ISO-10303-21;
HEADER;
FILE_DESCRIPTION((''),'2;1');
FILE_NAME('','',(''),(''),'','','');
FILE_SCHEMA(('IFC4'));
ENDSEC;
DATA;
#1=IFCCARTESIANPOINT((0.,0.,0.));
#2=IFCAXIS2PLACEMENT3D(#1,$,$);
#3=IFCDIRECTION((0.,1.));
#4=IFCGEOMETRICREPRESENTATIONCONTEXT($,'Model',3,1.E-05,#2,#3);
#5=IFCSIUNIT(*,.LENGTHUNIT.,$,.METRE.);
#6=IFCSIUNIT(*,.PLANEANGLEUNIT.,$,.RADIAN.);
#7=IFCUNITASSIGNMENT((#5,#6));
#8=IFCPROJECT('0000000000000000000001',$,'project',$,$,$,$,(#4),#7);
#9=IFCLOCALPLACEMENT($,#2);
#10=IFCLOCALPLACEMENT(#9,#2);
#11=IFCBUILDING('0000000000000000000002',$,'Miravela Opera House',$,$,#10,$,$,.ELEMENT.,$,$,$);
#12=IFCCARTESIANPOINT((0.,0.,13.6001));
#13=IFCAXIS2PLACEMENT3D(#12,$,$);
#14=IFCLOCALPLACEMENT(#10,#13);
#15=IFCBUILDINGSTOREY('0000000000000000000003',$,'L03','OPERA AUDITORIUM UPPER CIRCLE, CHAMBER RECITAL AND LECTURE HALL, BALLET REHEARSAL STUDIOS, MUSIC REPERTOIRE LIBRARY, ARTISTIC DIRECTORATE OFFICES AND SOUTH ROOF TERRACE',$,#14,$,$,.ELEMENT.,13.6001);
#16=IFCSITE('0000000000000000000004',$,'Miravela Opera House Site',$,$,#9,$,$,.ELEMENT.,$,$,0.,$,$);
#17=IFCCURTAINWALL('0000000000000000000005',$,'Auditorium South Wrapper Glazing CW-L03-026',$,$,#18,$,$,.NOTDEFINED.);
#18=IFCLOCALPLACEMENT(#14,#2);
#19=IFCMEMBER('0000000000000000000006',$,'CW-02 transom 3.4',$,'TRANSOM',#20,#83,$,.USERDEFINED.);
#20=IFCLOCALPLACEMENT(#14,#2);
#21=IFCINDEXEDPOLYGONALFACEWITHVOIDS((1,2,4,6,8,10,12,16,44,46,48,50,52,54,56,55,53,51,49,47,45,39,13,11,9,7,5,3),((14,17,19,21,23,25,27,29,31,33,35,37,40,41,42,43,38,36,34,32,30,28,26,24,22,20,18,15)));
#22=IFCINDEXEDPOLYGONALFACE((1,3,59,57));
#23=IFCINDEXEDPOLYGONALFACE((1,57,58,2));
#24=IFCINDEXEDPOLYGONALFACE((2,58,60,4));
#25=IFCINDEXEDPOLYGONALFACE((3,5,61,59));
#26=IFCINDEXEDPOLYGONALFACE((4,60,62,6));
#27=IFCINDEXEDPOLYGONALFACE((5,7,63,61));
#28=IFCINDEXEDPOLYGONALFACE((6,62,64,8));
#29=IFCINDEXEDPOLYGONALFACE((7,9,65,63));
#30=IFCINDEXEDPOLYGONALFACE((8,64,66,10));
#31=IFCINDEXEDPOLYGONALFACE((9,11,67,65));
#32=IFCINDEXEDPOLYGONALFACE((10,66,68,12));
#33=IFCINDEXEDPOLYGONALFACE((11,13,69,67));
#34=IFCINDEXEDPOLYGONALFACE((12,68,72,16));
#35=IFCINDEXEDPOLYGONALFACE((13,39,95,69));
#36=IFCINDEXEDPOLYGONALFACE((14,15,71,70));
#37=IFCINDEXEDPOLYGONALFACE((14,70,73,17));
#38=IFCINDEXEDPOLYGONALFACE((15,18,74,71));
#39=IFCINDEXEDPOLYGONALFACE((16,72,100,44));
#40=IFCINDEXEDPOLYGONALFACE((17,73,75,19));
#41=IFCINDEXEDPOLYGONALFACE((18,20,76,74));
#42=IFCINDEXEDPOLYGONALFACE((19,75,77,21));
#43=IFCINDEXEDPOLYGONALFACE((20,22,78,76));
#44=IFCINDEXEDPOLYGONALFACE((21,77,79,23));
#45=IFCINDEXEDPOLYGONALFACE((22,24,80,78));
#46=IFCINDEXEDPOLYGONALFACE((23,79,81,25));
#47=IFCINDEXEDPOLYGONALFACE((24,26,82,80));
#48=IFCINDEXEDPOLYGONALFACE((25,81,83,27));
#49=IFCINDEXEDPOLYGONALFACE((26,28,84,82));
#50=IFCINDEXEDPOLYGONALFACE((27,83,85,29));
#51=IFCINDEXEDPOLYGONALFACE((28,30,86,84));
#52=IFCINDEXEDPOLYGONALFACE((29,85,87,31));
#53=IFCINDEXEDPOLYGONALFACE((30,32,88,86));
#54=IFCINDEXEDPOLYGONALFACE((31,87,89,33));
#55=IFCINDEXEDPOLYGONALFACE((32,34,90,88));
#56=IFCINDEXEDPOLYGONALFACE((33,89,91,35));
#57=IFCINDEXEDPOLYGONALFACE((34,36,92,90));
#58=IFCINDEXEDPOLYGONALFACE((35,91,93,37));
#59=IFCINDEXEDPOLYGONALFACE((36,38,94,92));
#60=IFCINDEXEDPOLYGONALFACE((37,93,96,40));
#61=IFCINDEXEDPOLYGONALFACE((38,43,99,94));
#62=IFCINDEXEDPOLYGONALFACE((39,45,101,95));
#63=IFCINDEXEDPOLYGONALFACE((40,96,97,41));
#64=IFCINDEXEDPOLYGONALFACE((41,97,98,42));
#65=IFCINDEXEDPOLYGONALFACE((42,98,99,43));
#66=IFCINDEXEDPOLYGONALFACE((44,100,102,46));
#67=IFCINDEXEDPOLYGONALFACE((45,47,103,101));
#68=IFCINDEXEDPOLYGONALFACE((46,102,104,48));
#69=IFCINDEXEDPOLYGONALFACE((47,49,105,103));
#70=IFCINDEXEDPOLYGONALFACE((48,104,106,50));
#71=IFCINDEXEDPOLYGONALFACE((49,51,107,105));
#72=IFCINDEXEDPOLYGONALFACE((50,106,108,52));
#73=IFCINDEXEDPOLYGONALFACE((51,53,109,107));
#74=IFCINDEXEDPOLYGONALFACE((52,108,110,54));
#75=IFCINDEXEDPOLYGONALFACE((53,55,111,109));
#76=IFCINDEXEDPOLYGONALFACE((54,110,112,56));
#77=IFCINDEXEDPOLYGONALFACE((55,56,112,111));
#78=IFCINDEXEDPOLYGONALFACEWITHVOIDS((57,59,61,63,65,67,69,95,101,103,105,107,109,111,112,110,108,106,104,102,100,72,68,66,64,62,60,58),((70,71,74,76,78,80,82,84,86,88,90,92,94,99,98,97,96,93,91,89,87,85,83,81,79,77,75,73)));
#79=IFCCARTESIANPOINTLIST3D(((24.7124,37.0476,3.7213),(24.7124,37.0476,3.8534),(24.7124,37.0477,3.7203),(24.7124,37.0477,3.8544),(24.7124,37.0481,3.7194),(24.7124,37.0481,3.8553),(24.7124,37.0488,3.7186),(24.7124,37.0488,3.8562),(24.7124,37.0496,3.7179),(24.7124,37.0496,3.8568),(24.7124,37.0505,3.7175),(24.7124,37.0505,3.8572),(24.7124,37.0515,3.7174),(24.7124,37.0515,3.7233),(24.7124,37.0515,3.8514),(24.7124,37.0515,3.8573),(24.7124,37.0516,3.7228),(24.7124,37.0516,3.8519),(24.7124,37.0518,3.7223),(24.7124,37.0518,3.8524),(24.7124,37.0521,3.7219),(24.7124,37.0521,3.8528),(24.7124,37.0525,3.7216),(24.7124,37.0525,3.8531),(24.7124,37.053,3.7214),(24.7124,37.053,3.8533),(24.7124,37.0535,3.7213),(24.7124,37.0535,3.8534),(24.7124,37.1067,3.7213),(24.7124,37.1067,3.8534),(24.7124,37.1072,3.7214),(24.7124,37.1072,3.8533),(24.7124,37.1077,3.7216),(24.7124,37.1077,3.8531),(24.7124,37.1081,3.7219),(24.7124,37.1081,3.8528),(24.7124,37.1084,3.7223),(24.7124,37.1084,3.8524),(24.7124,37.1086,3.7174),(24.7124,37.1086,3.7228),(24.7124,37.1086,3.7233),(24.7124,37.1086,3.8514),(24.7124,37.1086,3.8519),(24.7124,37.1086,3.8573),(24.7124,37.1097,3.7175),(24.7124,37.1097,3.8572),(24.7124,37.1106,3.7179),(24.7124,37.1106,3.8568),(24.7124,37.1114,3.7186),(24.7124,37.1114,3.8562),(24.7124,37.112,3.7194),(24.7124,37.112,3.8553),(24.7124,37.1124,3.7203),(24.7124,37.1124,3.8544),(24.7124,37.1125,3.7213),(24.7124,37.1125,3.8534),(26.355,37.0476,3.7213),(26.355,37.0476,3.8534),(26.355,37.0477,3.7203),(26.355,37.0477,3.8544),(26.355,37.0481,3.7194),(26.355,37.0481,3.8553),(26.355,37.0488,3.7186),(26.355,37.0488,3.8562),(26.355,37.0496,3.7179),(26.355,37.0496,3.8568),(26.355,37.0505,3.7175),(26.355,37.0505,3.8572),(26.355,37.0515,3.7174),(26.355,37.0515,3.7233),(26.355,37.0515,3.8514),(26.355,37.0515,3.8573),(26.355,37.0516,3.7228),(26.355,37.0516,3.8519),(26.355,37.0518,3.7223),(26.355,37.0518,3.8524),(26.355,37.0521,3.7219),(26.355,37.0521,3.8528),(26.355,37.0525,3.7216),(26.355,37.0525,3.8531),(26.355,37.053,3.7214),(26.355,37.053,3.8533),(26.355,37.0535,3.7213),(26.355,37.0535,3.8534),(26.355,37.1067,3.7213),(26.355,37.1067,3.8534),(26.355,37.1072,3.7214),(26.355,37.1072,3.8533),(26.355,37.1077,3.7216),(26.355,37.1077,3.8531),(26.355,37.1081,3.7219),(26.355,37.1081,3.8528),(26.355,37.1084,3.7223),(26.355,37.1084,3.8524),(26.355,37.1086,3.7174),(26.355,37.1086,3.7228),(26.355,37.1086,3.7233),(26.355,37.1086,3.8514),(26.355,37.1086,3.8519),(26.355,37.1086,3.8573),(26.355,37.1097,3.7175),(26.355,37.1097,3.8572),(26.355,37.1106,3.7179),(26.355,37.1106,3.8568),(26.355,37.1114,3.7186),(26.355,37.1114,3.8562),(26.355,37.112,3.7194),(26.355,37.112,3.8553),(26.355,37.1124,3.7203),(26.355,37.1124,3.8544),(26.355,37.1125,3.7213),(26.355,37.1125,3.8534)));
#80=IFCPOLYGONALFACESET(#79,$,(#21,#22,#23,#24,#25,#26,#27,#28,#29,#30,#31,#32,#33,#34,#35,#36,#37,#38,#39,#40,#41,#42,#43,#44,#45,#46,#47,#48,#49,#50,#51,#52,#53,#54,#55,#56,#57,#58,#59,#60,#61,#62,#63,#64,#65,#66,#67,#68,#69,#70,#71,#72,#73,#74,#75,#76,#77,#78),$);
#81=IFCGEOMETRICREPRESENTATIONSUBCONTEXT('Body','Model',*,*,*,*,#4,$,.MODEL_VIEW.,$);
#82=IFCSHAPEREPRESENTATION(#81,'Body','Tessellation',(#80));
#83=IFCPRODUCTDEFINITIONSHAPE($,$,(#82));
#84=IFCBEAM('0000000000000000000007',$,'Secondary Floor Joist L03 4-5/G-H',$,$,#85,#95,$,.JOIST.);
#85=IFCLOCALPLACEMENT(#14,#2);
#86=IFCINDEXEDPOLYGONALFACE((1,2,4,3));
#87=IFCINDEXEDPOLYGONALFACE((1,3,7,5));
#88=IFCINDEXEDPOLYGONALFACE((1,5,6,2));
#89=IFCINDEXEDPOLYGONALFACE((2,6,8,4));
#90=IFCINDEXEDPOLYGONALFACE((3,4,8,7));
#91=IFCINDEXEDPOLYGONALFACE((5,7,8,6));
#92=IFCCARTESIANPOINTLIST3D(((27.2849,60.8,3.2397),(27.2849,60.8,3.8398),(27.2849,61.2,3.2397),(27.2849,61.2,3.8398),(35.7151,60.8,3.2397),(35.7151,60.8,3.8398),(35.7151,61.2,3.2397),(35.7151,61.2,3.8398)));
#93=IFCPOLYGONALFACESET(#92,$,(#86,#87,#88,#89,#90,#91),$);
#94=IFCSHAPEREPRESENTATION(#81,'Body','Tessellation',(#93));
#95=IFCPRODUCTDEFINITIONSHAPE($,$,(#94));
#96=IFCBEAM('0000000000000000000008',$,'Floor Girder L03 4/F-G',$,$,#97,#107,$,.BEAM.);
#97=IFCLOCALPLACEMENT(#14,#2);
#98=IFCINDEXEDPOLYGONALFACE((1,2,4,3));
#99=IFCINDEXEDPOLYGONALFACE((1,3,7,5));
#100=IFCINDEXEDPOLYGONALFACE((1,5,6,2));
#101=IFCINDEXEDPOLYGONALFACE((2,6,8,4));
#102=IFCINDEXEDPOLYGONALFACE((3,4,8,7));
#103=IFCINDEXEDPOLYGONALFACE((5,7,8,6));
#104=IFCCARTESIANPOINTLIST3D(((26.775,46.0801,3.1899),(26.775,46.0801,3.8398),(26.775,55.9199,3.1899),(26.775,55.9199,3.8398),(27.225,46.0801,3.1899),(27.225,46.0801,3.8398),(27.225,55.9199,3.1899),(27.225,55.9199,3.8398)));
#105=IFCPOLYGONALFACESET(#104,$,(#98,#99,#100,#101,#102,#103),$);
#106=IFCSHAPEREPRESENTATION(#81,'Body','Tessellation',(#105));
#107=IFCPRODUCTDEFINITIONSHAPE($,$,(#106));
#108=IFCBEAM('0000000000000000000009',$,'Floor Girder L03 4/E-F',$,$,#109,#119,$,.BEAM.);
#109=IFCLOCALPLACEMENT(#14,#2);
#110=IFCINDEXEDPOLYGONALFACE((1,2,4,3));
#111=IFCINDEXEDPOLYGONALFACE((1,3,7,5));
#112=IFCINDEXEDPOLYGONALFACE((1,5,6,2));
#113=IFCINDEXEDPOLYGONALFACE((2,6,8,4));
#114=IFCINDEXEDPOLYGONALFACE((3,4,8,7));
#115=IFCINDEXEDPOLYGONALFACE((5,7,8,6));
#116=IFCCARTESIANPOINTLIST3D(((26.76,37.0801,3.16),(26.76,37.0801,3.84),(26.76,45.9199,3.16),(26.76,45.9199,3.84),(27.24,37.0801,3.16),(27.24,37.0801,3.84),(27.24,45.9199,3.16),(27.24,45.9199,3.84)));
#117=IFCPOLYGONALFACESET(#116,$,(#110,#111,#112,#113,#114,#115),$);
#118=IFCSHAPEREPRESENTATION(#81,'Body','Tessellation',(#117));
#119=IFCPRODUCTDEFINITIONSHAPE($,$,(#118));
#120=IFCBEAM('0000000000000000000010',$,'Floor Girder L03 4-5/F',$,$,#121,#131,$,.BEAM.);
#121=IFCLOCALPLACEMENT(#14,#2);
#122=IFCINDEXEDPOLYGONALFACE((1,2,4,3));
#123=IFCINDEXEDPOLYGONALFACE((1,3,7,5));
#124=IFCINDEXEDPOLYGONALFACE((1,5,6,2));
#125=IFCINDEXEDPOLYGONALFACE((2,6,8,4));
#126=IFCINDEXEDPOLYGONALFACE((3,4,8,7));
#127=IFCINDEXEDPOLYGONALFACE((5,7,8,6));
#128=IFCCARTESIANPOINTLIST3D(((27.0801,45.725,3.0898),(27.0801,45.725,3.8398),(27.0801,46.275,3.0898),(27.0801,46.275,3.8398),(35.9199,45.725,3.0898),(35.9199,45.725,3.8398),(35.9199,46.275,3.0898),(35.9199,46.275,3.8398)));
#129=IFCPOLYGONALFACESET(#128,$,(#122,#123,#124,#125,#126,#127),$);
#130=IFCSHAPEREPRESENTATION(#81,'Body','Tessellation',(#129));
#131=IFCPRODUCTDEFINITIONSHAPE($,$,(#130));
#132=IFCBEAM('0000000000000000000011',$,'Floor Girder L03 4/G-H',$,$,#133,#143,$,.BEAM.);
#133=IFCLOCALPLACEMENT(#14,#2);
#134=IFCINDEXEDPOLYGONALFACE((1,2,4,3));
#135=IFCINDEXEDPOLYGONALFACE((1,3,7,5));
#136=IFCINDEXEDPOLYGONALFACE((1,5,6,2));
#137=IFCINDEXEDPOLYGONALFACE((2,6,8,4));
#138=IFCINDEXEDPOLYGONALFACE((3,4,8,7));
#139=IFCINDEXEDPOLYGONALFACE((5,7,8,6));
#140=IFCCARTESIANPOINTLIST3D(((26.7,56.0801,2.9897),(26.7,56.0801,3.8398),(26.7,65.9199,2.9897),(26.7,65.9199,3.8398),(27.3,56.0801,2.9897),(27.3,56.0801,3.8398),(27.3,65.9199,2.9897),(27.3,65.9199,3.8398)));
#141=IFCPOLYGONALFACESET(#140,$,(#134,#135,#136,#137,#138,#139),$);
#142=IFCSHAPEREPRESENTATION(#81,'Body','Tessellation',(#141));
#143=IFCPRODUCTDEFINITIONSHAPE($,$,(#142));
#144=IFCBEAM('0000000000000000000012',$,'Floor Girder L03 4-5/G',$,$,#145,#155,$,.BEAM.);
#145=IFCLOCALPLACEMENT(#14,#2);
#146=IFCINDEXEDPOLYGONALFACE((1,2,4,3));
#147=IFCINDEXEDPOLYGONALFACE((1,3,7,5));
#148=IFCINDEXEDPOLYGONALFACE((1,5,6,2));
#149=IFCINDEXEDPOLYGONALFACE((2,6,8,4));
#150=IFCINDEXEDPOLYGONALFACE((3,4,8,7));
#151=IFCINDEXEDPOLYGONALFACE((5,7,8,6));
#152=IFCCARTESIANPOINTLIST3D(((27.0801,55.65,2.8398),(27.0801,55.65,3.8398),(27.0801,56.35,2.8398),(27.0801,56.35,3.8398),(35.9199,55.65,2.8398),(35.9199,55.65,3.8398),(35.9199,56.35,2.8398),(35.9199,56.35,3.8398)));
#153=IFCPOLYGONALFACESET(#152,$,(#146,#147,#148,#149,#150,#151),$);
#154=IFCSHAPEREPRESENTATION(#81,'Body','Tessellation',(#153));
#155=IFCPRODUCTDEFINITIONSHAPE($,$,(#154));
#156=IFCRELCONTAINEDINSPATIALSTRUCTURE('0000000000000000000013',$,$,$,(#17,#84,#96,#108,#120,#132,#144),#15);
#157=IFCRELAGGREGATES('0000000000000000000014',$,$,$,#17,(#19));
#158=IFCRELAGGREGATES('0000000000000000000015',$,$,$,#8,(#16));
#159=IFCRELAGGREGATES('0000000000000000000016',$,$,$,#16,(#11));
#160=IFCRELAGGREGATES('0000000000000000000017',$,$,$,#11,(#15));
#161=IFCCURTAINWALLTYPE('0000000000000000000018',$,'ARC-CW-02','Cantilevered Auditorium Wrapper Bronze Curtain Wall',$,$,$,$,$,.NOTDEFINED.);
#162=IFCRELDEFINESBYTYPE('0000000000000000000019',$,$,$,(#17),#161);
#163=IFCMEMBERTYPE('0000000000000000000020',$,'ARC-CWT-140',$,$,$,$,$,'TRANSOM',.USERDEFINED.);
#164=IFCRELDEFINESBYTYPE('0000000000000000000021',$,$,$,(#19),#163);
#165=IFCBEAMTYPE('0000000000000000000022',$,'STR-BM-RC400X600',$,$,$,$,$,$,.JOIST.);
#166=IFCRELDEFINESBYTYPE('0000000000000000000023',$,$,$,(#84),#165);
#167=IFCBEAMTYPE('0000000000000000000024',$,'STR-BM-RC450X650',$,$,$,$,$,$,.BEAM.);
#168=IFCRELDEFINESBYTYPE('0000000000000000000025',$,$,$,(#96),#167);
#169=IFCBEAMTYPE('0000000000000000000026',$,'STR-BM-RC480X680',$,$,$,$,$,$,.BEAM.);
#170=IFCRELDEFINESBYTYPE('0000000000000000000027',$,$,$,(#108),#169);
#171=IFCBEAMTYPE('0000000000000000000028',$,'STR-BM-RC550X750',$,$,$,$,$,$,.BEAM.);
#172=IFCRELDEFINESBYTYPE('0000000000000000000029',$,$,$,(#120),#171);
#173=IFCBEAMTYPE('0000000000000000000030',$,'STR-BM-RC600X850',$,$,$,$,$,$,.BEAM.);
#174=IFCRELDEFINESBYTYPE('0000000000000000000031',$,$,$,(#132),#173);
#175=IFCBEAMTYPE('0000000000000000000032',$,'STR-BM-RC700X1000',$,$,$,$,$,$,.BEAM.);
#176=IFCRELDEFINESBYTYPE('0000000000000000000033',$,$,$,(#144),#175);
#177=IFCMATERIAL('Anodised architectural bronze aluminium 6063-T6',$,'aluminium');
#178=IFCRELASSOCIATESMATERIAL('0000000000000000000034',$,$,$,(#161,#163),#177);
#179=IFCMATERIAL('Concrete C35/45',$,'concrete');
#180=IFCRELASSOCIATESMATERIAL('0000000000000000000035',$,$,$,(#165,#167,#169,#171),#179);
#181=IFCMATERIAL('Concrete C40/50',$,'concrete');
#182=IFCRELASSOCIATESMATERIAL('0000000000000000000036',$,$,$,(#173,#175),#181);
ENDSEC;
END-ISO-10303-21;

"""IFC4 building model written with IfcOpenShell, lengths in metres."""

from ifc_helpers import new_model, si_unit, direction, frame, origin, origin_2d, place, context, subcontext, project, spatial, rectangle, hollow_rectangle, extrude, material, material_profile, profile_set, type_object, element, aggregate, save


model = new_model("IFC4")

# Units and contexts
model_context = context("Model", 3, precision=1e-05, world=origin(), true_north=direction((0.0, 1.0)))
body_context = subcontext(model_context, "Body", "Model", "MODEL_VIEW")
ifc_project = project(units=[si_unit("LENGTHUNIT", "METRE"), si_unit("PLANEANGLEUNIT", "RADIAN")], contexts=[model_context])

# Site, building, storey
site_placement = place(None, origin())
site = spatial("IfcSite", under=ifc_project, at=site_placement, Name="Miravela Opera House Site", CompositionType="ELEMENT", RefElevation=0.0)
building_placement = place(site_placement, origin())
building = spatial("IfcBuilding", under=site, at=building_placement, Name="Miravela Opera House", CompositionType="ELEMENT")
storey_placement = place(building_placement, frame((0.0, 0.0, 13.6001)))
storey = spatial("IfcBuildingStorey", under=building, at=storey_placement, Name="L03", Description="OPERA AUDITORIUM UPPER CIRCLE, CHAMBER RECITAL AND LECTURE HALL, BALLET REHEARSAL STUDIOS, MUSIC REPERTOIRE LIBRARY, ARTISTIC DIRECTORATE OFFICES AND SOUTH ROOF TERRACE", CompositionType="ELEMENT", Elevation=13.6001)

# Shared definitions
ifc_material_1 = material(Name="Concrete C35/45", Category="concrete")

# Curtain wall, member
ifc_material_2 = material(Name="Anodised architectural bronze aluminium 6063-T6", Category="aluminium")
curtain_wall_type = type_object("IfcCurtainWallType", Name="ARC-CW-02", Description="Cantilevered Auditorium Wrapper Bronze Curtain Wall", PredefinedType="NOTDEFINED", material=ifc_material_2)
curtain_wall_placement = place(storey_placement, origin())
curtain_wall = element("IfcCurtainWall", 1, at=curtain_wall_placement, inside=storey, type_object=curtain_wall_type, Name="Auditorium South Wrapper Glazing CW-L03-026", PredefinedType="NOTDEFINED")
ifc_material_profile_1 = material_profile(ifc_material_2, hollow_rectangle(XDim=0.0649, YDim=0.1399, WallThickness=0.0039, InnerFilletRadius=0.002, OuterFilletRadius=0.0039, at=origin_2d()), Name="CWT-65X140")
ifc_profile_set_1 = profile_set([ifc_material_profile_1])
member_type_1 = type_object("IfcMemberType", Name="ARC-CWT-140", ElementType="TRANSOM", PredefinedType="USERDEFINED", material=ifc_profile_set_1)
member_1_placement = place(storey_placement, frame((24.7124, 37.0801, 3.7874), z_axis=(1.0, 0.0, 0.0), x_axis=(0.0, 1.0, 0.0)))
member_1 = element("IfcMember", 2, at=member_1_placement, type_object=member_type_1, Name="CW-02 transom 3.4", ObjectType="TRANSOM", PredefinedType="USERDEFINED", context=body_context, shape_type="SweptSolid", body=[
    extrude(hollow_rectangle(XDim=0.0649, YDim=0.1399, WallThickness=0.0039, InnerFilletRadius=0.002, OuterFilletRadius=0.0039, at=origin_2d()), origin(), (0.0, 0.0, 1.0), 1.6426),
])

# Beams
ifc_material_profile_2 = material_profile(ifc_material_1, rectangle(XDim=0.3999, YDim=0.6001, at=origin_2d()), Name="RC-BM-400X600")
ifc_profile_set_2 = profile_set([ifc_material_profile_2])
beam_type_1 = type_object("IfcBeamType", Name="STR-BM-RC400X600", PredefinedType="JOIST", material=ifc_profile_set_2)
beam_1_placement = place(storey_placement, frame((27.2849, 61.0, 3.5398), z_axis=(1.0, 0.0, 0.0), x_axis=(0.0, 1.0, 0.0)))
element("IfcBeam", 3, at=beam_1_placement, inside=storey, type_object=beam_type_1, Name="Secondary Floor Joist L03 4-5/G-H", PredefinedType="JOIST", context=body_context, shape_type="SweptSolid", body=[
    extrude(rectangle(XDim=0.3999, YDim=0.6001, at=origin_2d()), origin(), (0.0, 0.0, 1.0), 8.4302),
])
ifc_material_profile_3 = material_profile(ifc_material_1, rectangle(XDim=0.45, YDim=0.6499, at=origin_2d()), Name="RC-BM-450X650")
ifc_profile_set_3 = profile_set([ifc_material_profile_3])
beam_type_2 = type_object("IfcBeamType", Name="STR-BM-RC450X650", PredefinedType="BEAM", material=ifc_profile_set_3)
beam_2_placement = place(storey_placement, frame((27.0, 46.0801, 3.5149), z_axis=(0.0, 1.0, 0.0), x_axis=(-1.0, 0.0, 0.0)))
element("IfcBeam", 4, at=beam_2_placement, inside=storey, type_object=beam_type_2, Name="Floor Girder L03 4/F-G", PredefinedType="BEAM", context=body_context, shape_type="SweptSolid", body=[
    extrude(rectangle(XDim=0.45, YDim=0.6499, at=origin_2d()), origin(), (0.0, 0.0, 1.0), 9.8398),
])
ifc_material_profile_4 = material_profile(ifc_material_1, rectangle(XDim=0.48, YDim=0.6799, at=origin_2d()), Name="RC-BM-480X680")
ifc_profile_set_4 = profile_set([ifc_material_profile_4])
beam_type_3 = type_object("IfcBeamType", Name="STR-BM-RC480X680", PredefinedType="BEAM", material=ifc_profile_set_4)
beam_3_placement = place(storey_placement, frame((27.0, 37.0801, 3.5), z_axis=(0.0, 1.0, 0.0), x_axis=(-1.0, 0.0, 0.0)))
element("IfcBeam", 5, at=beam_3_placement, inside=storey, type_object=beam_type_3, Name="Floor Girder L03 4/E-F", PredefinedType="BEAM", context=body_context, shape_type="SweptSolid", body=[
    extrude(rectangle(XDim=0.48, YDim=0.6799, at=origin_2d()), origin(), (0.0, 0.0, 1.0), 8.8398),
])
ifc_material_profile_5 = material_profile(ifc_material_1, rectangle(XDim=0.55, YDim=0.75, at=origin_2d()), Name="RC-BM-550X750")
ifc_profile_set_5 = profile_set([ifc_material_profile_5])
beam_type_4 = type_object("IfcBeamType", Name="STR-BM-RC550X750", PredefinedType="BEAM", material=ifc_profile_set_5)
beam_4_placement = place(storey_placement, frame((27.0801, 46.0, 3.4648), z_axis=(1.0, 0.0, 0.0), x_axis=(0.0, 1.0, 0.0)))
element("IfcBeam", 6, at=beam_4_placement, inside=storey, type_object=beam_type_4, Name="Floor Girder L03 4-5/F", PredefinedType="BEAM", context=body_context, shape_type="SweptSolid", body=[
    extrude(rectangle(XDim=0.55, YDim=0.75, at=origin_2d()), origin(), (0.0, 0.0, 1.0), 8.8398),
])
ifc_material_3 = material(Name="Concrete C40/50", Category="concrete")
ifc_material_profile_6 = material_profile(ifc_material_3, rectangle(XDim=0.6001, YDim=0.8501, at=origin_2d()), Name="RC-BM-600X850")
ifc_profile_set_6 = profile_set([ifc_material_profile_6])
beam_type_5 = type_object("IfcBeamType", Name="STR-BM-RC600X850", PredefinedType="BEAM", material=ifc_profile_set_6)
beam_5_placement = place(storey_placement, frame((27.0, 56.0801, 3.4148), z_axis=(0.0, 1.0, 0.0), x_axis=(-1.0, 0.0, 0.0)))
element("IfcBeam", 7, at=beam_5_placement, inside=storey, type_object=beam_type_5, Name="Floor Girder L03 4/G-H", PredefinedType="BEAM", context=body_context, shape_type="SweptSolid", body=[
    extrude(rectangle(XDim=0.6001, YDim=0.8501, at=origin_2d()), origin(), (0.0, 0.0, 1.0), 9.8398),
])
ifc_material_profile_7 = material_profile(ifc_material_3, rectangle(XDim=0.7, YDim=1.0, at=origin_2d()), Name="RC-BM-700X1000")
ifc_profile_set_7 = profile_set([ifc_material_profile_7])
beam_type_6 = type_object("IfcBeamType", Name="STR-BM-RC700X1000", PredefinedType="BEAM", material=ifc_profile_set_7)
beam_6_placement = place(storey_placement, frame((27.0801, 56.0, 3.3398), z_axis=(1.0, 0.0, 0.0), x_axis=(0.0, 1.0, 0.0)))
element("IfcBeam", 8, at=beam_6_placement, inside=storey, type_object=beam_type_6, Name="Floor Girder L03 4-5/G", PredefinedType="BEAM", context=body_context, shape_type="SweptSolid", body=[
    extrude(rectangle(XDim=0.7, YDim=1.0, at=origin_2d()), origin(), (0.0, 0.0, 1.0), 8.8398),
])

aggregate(curtain_wall, [member_1])

save(model, "model.ifc")
